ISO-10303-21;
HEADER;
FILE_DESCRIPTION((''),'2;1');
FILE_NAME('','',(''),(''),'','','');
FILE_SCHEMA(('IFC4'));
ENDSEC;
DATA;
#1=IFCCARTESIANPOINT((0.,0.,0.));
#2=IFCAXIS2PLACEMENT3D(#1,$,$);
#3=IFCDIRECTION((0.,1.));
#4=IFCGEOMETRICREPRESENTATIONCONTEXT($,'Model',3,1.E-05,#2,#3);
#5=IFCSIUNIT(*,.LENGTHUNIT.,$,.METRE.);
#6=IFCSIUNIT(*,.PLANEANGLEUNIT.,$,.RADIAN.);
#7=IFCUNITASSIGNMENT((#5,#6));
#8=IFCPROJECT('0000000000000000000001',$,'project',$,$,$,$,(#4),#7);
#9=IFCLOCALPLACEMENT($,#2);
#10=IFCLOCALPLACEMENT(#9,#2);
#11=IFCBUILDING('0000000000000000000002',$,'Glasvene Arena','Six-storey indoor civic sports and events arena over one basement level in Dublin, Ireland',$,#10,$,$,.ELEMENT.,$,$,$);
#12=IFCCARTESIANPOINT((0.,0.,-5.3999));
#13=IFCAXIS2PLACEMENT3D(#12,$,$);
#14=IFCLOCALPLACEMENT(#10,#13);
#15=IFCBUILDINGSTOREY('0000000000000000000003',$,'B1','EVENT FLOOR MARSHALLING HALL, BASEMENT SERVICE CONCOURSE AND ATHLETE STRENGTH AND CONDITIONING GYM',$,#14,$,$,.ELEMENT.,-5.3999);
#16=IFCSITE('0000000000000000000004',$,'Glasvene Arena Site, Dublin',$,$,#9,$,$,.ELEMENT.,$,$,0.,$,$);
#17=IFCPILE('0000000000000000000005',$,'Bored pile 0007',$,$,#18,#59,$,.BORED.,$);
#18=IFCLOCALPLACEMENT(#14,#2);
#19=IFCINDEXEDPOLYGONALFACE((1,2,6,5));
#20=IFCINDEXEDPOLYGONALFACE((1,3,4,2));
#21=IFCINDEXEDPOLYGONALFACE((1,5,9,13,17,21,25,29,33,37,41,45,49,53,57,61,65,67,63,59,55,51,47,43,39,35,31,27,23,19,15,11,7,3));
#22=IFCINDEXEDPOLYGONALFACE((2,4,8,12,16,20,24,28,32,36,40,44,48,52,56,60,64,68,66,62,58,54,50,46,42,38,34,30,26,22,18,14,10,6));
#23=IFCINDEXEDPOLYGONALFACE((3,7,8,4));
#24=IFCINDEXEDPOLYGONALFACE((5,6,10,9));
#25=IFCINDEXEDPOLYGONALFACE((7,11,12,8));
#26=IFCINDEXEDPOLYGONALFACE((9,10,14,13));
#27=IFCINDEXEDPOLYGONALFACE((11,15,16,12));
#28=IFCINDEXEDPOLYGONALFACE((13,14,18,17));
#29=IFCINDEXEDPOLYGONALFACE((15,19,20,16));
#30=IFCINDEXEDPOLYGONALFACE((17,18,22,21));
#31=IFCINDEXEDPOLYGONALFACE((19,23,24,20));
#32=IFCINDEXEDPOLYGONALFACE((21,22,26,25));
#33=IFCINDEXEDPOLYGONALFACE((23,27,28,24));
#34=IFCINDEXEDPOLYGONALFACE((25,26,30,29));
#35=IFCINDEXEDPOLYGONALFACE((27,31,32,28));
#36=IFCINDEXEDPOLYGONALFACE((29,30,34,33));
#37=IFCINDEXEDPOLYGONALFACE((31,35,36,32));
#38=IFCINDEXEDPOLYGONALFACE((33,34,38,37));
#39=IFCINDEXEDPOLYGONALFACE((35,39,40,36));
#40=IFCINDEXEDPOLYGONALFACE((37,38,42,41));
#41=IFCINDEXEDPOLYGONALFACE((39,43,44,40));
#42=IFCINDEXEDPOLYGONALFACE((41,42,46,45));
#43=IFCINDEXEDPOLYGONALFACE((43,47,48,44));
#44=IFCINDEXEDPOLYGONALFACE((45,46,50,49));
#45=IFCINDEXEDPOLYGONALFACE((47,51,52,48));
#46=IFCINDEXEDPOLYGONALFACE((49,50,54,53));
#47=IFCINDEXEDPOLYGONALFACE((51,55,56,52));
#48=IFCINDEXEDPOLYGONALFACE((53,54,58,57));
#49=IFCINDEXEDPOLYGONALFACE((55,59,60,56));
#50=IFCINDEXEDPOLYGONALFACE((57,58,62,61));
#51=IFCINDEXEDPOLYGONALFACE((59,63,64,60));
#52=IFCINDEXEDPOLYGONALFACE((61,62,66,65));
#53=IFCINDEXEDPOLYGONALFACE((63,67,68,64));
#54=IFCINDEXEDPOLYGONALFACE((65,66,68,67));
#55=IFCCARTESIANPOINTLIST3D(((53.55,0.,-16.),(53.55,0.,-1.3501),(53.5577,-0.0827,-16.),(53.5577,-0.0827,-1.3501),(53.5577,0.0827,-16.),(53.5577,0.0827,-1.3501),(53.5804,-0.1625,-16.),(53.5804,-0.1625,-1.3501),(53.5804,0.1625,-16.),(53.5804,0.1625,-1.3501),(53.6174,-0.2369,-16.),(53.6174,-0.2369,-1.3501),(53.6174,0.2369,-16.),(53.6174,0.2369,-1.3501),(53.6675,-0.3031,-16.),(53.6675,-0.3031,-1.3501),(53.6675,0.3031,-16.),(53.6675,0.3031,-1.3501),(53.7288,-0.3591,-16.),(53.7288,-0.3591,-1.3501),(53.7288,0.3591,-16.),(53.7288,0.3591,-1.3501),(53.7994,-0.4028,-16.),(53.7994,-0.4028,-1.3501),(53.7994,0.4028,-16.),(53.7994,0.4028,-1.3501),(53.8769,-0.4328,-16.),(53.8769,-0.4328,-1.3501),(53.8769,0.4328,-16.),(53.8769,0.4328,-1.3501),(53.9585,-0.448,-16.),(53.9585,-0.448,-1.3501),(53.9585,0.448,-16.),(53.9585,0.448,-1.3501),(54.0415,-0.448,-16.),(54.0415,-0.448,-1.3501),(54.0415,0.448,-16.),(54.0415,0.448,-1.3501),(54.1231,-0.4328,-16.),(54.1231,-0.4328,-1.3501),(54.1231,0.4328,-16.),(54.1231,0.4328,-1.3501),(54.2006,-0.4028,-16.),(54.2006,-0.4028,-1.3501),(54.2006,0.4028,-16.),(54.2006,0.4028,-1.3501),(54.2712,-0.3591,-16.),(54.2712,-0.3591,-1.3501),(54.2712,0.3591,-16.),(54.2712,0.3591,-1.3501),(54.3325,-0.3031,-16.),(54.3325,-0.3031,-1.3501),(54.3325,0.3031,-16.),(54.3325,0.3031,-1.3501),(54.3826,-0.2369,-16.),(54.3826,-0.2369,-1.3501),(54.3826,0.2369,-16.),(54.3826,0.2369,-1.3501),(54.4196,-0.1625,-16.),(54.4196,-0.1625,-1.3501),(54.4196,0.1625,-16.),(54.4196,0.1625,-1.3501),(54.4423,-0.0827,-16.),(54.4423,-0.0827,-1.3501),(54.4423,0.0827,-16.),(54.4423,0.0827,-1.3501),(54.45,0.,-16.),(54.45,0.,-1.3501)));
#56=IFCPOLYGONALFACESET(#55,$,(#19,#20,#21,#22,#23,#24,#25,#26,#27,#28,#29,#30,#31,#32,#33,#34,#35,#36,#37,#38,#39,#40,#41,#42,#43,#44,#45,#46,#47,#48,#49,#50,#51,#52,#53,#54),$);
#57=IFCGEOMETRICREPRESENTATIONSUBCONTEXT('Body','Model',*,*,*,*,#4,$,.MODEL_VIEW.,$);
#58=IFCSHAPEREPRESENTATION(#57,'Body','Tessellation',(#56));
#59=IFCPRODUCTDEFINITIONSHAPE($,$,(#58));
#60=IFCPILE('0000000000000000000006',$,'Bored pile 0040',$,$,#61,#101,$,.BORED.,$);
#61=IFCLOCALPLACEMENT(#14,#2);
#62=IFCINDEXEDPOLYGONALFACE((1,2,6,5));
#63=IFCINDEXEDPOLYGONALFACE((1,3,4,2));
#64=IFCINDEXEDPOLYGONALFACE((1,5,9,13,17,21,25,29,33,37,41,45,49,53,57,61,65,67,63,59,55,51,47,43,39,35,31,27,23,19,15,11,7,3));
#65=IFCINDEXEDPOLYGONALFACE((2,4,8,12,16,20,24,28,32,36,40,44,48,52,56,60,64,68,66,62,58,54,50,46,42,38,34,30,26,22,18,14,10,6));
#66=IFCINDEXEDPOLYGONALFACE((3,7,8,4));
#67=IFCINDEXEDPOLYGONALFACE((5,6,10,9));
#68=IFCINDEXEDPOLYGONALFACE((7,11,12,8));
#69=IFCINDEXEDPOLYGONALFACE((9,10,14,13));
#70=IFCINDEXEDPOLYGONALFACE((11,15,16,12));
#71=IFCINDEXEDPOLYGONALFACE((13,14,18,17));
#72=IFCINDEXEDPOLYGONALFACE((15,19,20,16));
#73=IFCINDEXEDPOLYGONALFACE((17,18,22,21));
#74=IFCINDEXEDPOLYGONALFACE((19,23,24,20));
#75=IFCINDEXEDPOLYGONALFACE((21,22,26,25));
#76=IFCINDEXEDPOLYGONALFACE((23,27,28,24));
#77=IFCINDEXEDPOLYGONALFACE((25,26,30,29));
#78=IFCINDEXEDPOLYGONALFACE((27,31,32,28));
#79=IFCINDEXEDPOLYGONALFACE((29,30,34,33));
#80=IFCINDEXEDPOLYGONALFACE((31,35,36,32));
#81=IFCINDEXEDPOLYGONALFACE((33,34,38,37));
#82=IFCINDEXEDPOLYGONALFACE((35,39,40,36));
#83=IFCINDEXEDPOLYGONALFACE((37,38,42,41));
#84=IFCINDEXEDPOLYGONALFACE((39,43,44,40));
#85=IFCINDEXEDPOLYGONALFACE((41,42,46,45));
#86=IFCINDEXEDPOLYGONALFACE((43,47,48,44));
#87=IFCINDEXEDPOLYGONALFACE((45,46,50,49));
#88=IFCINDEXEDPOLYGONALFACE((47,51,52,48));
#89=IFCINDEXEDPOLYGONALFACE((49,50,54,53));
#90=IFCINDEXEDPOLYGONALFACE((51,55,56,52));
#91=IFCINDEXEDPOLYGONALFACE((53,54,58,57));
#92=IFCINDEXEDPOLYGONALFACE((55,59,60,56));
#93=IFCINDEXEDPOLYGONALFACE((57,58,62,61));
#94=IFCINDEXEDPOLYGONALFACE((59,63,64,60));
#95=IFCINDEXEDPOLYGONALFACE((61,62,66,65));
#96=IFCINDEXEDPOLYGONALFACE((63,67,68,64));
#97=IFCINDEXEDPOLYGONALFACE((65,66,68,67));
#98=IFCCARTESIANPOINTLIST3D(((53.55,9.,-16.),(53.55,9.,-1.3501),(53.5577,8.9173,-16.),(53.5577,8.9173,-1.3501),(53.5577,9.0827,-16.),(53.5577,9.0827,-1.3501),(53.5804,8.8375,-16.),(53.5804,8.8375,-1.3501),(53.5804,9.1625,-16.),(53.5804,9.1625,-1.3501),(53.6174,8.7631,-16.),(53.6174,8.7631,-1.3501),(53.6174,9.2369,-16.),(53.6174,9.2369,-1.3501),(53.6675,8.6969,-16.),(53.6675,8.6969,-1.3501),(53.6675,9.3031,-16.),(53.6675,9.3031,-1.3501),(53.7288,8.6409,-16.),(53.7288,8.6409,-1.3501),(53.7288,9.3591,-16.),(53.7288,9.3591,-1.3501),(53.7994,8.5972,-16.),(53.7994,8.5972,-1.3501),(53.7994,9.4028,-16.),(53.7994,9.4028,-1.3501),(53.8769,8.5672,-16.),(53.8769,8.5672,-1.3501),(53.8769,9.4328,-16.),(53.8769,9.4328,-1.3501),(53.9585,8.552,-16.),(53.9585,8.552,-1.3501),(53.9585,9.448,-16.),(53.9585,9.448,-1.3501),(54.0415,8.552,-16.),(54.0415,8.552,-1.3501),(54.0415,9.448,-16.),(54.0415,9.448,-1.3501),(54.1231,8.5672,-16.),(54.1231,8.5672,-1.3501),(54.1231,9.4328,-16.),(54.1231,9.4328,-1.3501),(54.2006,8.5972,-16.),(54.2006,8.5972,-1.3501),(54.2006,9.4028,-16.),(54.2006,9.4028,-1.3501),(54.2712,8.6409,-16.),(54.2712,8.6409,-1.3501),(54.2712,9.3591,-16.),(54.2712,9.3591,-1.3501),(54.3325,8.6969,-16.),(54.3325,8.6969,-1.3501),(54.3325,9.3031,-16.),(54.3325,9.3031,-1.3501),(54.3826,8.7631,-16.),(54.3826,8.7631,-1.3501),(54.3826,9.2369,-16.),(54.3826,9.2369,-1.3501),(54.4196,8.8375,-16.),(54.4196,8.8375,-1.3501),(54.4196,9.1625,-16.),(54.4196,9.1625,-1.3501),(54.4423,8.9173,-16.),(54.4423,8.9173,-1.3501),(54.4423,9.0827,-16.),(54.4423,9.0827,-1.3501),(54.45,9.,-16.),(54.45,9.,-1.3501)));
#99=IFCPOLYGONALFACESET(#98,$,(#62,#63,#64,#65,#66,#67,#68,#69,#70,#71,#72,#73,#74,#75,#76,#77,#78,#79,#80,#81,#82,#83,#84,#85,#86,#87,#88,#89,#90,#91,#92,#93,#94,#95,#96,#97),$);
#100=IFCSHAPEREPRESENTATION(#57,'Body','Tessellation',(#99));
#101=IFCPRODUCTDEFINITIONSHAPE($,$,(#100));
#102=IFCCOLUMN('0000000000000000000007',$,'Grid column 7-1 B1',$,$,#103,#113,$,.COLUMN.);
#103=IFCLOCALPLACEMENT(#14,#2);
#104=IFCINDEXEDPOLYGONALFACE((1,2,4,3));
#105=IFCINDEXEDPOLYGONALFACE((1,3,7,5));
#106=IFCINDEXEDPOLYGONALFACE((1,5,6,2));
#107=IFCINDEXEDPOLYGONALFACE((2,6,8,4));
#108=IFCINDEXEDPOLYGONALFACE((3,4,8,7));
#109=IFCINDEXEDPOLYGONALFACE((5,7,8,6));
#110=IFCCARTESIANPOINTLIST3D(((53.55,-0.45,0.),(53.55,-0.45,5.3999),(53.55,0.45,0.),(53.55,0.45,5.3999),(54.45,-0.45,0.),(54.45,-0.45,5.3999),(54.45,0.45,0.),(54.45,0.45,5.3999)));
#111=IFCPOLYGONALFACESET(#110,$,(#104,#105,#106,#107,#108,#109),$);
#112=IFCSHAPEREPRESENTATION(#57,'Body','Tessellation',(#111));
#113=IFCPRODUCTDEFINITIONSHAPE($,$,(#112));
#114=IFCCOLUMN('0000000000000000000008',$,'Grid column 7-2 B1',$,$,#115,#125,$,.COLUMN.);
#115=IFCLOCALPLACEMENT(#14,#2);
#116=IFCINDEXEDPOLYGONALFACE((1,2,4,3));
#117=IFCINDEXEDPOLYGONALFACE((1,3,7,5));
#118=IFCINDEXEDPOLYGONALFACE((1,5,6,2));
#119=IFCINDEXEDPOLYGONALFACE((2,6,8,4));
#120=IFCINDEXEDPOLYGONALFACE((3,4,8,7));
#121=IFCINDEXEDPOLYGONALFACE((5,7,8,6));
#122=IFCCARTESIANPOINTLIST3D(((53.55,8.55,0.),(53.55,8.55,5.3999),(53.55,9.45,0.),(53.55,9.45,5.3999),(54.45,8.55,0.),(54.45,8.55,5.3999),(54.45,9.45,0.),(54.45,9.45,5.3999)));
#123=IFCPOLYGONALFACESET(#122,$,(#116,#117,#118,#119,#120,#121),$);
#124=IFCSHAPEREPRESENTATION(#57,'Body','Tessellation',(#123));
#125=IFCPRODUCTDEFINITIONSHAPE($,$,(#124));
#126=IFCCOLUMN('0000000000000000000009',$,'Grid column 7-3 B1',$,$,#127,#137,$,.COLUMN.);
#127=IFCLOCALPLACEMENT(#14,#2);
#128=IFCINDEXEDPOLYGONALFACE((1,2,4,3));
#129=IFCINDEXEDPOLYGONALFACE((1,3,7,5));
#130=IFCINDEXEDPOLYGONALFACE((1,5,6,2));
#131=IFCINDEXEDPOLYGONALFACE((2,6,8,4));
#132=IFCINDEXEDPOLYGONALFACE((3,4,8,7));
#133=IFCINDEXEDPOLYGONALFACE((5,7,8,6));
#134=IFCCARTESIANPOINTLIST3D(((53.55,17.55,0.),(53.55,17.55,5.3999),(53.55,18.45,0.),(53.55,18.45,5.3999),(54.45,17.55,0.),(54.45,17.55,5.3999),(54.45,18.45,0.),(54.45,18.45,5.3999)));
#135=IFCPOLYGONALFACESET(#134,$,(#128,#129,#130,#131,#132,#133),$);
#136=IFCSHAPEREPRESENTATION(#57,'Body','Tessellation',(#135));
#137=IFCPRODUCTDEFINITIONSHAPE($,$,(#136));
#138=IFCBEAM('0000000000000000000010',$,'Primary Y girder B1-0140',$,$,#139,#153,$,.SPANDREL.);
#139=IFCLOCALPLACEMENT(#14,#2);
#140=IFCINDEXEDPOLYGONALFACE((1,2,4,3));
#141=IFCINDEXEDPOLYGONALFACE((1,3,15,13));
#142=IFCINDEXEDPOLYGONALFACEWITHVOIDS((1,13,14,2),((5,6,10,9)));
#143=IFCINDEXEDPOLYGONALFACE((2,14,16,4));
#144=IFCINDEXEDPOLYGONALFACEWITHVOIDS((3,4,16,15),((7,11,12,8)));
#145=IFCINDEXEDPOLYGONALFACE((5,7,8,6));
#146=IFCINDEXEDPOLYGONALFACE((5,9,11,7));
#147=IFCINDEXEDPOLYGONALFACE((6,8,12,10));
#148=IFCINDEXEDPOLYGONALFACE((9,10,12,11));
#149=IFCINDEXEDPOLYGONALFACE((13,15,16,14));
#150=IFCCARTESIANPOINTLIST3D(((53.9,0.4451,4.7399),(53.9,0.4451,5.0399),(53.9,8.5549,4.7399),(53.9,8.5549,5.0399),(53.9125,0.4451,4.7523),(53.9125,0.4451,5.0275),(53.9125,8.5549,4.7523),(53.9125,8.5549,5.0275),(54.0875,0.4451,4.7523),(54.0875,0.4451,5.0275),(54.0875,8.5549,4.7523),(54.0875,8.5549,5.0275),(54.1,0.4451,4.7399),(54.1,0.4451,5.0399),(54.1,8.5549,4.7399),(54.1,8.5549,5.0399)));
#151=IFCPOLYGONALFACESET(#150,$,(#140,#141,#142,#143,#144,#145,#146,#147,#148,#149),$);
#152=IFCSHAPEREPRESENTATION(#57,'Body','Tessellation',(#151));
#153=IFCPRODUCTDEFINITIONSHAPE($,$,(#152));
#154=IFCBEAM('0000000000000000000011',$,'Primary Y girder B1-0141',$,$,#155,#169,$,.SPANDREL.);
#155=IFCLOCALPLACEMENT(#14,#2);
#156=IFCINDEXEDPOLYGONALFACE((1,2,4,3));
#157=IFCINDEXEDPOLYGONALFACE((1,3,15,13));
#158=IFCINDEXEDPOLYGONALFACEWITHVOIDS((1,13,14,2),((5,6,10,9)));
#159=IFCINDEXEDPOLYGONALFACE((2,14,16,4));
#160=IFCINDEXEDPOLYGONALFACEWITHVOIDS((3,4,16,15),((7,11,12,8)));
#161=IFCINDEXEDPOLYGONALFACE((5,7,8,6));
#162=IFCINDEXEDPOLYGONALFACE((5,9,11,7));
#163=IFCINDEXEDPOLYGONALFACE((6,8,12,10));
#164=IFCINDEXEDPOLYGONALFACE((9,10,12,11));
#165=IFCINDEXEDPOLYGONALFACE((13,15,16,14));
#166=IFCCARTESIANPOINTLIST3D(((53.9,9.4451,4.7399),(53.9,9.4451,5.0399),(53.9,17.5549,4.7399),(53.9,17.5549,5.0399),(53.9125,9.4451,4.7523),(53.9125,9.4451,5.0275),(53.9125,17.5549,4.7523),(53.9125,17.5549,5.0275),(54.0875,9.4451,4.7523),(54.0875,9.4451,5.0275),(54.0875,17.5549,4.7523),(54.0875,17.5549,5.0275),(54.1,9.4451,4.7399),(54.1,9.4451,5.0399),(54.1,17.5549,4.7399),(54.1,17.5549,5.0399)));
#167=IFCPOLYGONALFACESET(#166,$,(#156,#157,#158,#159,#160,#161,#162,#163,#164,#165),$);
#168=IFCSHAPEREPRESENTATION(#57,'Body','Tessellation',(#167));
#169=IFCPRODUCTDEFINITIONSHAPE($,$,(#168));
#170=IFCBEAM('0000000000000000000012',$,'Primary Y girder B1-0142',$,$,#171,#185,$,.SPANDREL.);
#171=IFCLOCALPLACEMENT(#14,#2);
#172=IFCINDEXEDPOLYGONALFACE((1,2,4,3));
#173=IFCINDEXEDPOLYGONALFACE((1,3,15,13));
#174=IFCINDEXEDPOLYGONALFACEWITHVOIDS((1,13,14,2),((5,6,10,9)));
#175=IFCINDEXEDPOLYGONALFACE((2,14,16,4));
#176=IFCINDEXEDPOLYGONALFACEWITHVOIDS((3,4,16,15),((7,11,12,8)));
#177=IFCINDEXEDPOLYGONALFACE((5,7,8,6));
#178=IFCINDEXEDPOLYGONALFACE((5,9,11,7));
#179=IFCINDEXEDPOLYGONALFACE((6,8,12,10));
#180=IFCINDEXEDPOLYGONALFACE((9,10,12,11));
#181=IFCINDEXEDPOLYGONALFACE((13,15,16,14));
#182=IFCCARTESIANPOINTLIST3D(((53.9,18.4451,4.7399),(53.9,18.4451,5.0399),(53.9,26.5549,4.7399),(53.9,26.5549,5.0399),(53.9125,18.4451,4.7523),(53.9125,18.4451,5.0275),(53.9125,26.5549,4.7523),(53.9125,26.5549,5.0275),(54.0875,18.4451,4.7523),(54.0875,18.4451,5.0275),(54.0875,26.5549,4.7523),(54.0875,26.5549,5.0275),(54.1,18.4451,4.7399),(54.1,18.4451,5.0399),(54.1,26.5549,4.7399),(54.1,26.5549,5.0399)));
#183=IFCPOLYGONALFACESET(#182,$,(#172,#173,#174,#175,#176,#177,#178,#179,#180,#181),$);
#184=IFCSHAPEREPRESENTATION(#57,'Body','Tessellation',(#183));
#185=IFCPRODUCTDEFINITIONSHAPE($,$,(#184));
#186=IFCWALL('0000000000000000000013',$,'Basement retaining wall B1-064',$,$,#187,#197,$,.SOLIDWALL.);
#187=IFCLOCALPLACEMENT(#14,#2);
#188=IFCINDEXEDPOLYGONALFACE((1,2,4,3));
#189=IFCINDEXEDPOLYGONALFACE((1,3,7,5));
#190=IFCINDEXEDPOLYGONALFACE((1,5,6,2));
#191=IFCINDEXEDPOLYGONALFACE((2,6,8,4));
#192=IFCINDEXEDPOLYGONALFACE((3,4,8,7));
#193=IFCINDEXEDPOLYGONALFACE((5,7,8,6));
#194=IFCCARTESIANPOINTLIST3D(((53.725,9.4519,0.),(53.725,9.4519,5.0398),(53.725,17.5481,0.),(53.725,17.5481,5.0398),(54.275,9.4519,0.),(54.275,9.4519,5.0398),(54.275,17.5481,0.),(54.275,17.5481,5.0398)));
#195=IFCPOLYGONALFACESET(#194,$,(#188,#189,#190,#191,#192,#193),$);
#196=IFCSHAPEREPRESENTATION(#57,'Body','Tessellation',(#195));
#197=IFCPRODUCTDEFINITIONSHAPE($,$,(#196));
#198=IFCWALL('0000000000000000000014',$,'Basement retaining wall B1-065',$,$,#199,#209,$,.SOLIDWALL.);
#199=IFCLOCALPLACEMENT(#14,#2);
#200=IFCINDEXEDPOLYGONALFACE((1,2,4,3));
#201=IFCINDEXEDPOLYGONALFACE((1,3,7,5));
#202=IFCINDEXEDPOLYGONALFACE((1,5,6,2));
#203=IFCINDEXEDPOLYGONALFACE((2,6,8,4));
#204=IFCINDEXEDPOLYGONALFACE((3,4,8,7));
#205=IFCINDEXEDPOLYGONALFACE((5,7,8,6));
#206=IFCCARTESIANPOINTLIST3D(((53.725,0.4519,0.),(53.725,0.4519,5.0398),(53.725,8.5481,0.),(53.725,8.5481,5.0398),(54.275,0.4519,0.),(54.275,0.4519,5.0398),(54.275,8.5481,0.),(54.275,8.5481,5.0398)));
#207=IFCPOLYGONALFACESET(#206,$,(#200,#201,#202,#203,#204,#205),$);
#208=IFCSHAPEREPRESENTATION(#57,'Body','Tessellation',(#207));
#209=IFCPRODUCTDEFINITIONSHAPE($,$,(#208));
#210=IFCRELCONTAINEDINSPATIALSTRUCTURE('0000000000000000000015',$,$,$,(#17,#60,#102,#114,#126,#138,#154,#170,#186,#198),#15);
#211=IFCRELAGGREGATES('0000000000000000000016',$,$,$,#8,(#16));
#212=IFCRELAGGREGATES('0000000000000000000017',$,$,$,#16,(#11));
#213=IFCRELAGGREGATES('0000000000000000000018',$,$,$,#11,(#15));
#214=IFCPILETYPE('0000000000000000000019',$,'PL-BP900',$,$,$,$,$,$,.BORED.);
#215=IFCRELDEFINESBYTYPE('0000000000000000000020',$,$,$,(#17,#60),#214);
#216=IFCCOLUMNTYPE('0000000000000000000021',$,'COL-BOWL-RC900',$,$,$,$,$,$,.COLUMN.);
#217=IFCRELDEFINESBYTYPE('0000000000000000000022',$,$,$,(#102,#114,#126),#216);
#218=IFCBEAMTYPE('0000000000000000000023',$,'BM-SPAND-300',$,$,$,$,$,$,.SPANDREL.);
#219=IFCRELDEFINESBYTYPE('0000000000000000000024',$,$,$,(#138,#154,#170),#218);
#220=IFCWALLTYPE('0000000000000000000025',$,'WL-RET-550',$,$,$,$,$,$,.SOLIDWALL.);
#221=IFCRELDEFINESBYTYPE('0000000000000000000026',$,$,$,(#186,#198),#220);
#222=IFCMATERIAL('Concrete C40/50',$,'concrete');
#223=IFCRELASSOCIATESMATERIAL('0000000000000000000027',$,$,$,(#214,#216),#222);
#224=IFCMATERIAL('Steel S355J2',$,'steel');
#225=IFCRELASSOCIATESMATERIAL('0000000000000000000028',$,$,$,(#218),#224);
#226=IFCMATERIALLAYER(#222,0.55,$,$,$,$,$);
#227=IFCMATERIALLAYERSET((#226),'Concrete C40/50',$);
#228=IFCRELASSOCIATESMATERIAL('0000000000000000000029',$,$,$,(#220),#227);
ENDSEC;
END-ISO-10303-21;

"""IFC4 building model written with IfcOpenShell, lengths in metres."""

from ifc_helpers import new_model, si_unit, direction, frame, frame_2d, origin, origin_2d, place, context, subcontext, project, spatial, rectangle, hollow_rectangle, circle, extrude, material, layer, layer_set, material_profile, profile_set, type_object, element, save


model = new_model("IFC4")

# Units and contexts
model_context = context("Model", 3, precision=1e-05, world=origin(), true_north=direction((0.0, 1.0)))
body_context = subcontext(model_context, "Body", "Model", "MODEL_VIEW")
ifc_project = project(units=[si_unit("LENGTHUNIT", "METRE"), si_unit("PLANEANGLEUNIT", "RADIAN")], contexts=[model_context])

# Site, building, storey
site_placement = place(None, origin())
site = spatial("IfcSite", under=ifc_project, at=site_placement, Name="Glasvene Arena Site, Dublin", CompositionType="ELEMENT", RefElevation=0.0)
building_placement = place(site_placement, origin())
building = spatial("IfcBuilding", under=site, at=building_placement, Name="Glasvene Arena", Description="Six-storey indoor civic sports and events arena over one basement level in Dublin, Ireland", CompositionType="ELEMENT")
storey_placement = place(building_placement, frame((0.0, 0.0, -5.3999)))
storey = spatial("IfcBuildingStorey", under=building, at=storey_placement, Name="B1", Description="EVENT FLOOR MARSHALLING HALL, BASEMENT SERVICE CONCOURSE AND ATHLETE STRENGTH AND CONDITIONING GYM", CompositionType="ELEMENT", Elevation=-5.3999)

# Shared definitions
ifc_material_1 = material(Name="Concrete C40/50", Category="concrete")

# Piles
ifc_material_profile_1 = material_profile(ifc_material_1, circle(Radius=0.45, at=origin_2d()), Name="BORED PILE 900")
ifc_profile_set_1 = profile_set([ifc_material_profile_1], Name="Concrete C40/50")
pile_type_1 = type_object("IfcPileType", Name="PL-BP900", PredefinedType="BORED", material=ifc_profile_set_1)
for number, where, z_axis, x_axis, name in (
    (1, (54.0, 0.0, -1.3501), (0.0, 0.0, -1.0), (1.0, 0.0, 0.0), "Bored pile 0007"),
    (2, (54.0, 9.0, -1.3501), (0.0, 0.0, -1.0), (1.0, 0.0, 0.0), "Bored pile 0040"),
):
    element("IfcPile", number, at=place(storey_placement, frame(where, z_axis=z_axis, x_axis=x_axis)), inside=storey, type_object=pile_type_1, Name=name, PredefinedType="BORED", context=body_context, shape_type="SweptSolid", body=[
        extrude(circle(Radius=0.45, at=origin_2d()), origin(), (0.0, 0.0, 1.0), 14.6499),
    ])

# Columns
ifc_material_profile_2 = material_profile(ifc_material_1, rectangle(XDim=0.8999, YDim=0.8999, at=origin_2d()), Name="RC 900x900")
ifc_profile_set_2 = profile_set([ifc_material_profile_2], Name="Concrete C40/50")
column_type = type_object("IfcColumnType", Name="COL-BOWL-RC900", PredefinedType="COLUMN", material=ifc_profile_set_2)
for number, where, z_axis, x_axis, name in (
    (3, (54.0, 0.0, 0.0), (0.0, 0.0, 1.0), (1.0, 0.0, 0.0), "Grid column 7-1 B1"),
    (4, (54.0, 9.0, 0.0), (0.0, 0.0, 1.0), (1.0, 0.0, 0.0), "Grid column 7-2 B1"),
    (5, (54.0, 18.0, 0.0), (0.0, 0.0, 1.0), (1.0, 0.0, 0.0), "Grid column 7-3 B1"),
):
    element("IfcColumn", number, at=place(storey_placement, frame(where, z_axis=z_axis, x_axis=x_axis)), inside=storey, type_object=column_type, Name=name, PredefinedType="COLUMN", context=body_context, shape_type="SweptSolid", body=[
        extrude(rectangle(XDim=0.8999, YDim=0.8999, at=origin_2d()), origin(), (0.0, 0.0, 1.0), 5.3999),
    ])

# Beams
ifc_material_2 = material(Name="Steel S355J2", Category="steel")
ifc_material_profile_3 = material_profile(ifc_material_2, hollow_rectangle(XDim=0.2, YDim=0.3, WallThickness=0.0125, at=origin_2d()), Name="RHS 300x200x12.5")
ifc_profile_set_3 = profile_set([ifc_material_profile_3], Name="Steel S355J2")
beam_type = type_object("IfcBeamType", Name="BM-SPAND-300", PredefinedType="SPANDREL", material=ifc_profile_set_3)
for number, where, z_axis, x_axis, name in (
    (6, (54.0, 0.4451, 4.8899), (0.0, 1.0, 0.0), (-1.0, 0.0, 0.0), "Primary Y girder B1-0140"),
    (7, (54.0, 9.4451, 4.8899), (0.0, 1.0, 0.0), (-1.0, 0.0, 0.0), "Primary Y girder B1-0141"),
    (8, (54.0, 18.4451, 4.8899), (0.0, 1.0, 0.0), (-1.0, 0.0, 0.0), "Primary Y girder B1-0142"),
):
    element("IfcBeam", number, at=place(storey_placement, frame(where, z_axis=z_axis, x_axis=x_axis)), inside=storey, type_object=beam_type, Name=name, PredefinedType="SPANDREL", context=body_context, shape_type="SweptSolid", body=[
        extrude(hollow_rectangle(XDim=0.2, YDim=0.3, WallThickness=0.0125, at=origin_2d()), origin(), (0.0, 0.0, 1.0), 8.1099),
    ])

# Walls
ifc_layer = layer(ifc_material_1, 0.55)
ifc_layer_set = layer_set([ifc_layer], Name="Concrete C40/50")
wall_type = type_object("IfcWallType", Name="WL-RET-550", PredefinedType="SOLIDWALL", material=ifc_layer_set)
for number, where, z_axis, x_axis, name in (
    (9, (54.0, 17.5481, 0.0), (0.0, 0.0, 1.0), (0.0, -1.0, 0.0), "Basement retaining wall B1-064"),
    (10, (54.0, 8.5481, 0.0), (0.0, 0.0, 1.0), (0.0, -1.0, 0.0), "Basement retaining wall B1-065"),
):
    element("IfcWall", number, at=place(storey_placement, frame(where, z_axis=z_axis, x_axis=x_axis)), inside=storey, type_object=wall_type, Name=name, PredefinedType="SOLIDWALL", context=body_context, shape_type="SweptSolid", body=[
        extrude(rectangle(XDim=8.0962, YDim=0.55, at=frame_2d((4.0481, 0.0))), origin(), (0.0, 0.0, 1.0), 5.0398),
    ])

save(model, "model.ifc")
